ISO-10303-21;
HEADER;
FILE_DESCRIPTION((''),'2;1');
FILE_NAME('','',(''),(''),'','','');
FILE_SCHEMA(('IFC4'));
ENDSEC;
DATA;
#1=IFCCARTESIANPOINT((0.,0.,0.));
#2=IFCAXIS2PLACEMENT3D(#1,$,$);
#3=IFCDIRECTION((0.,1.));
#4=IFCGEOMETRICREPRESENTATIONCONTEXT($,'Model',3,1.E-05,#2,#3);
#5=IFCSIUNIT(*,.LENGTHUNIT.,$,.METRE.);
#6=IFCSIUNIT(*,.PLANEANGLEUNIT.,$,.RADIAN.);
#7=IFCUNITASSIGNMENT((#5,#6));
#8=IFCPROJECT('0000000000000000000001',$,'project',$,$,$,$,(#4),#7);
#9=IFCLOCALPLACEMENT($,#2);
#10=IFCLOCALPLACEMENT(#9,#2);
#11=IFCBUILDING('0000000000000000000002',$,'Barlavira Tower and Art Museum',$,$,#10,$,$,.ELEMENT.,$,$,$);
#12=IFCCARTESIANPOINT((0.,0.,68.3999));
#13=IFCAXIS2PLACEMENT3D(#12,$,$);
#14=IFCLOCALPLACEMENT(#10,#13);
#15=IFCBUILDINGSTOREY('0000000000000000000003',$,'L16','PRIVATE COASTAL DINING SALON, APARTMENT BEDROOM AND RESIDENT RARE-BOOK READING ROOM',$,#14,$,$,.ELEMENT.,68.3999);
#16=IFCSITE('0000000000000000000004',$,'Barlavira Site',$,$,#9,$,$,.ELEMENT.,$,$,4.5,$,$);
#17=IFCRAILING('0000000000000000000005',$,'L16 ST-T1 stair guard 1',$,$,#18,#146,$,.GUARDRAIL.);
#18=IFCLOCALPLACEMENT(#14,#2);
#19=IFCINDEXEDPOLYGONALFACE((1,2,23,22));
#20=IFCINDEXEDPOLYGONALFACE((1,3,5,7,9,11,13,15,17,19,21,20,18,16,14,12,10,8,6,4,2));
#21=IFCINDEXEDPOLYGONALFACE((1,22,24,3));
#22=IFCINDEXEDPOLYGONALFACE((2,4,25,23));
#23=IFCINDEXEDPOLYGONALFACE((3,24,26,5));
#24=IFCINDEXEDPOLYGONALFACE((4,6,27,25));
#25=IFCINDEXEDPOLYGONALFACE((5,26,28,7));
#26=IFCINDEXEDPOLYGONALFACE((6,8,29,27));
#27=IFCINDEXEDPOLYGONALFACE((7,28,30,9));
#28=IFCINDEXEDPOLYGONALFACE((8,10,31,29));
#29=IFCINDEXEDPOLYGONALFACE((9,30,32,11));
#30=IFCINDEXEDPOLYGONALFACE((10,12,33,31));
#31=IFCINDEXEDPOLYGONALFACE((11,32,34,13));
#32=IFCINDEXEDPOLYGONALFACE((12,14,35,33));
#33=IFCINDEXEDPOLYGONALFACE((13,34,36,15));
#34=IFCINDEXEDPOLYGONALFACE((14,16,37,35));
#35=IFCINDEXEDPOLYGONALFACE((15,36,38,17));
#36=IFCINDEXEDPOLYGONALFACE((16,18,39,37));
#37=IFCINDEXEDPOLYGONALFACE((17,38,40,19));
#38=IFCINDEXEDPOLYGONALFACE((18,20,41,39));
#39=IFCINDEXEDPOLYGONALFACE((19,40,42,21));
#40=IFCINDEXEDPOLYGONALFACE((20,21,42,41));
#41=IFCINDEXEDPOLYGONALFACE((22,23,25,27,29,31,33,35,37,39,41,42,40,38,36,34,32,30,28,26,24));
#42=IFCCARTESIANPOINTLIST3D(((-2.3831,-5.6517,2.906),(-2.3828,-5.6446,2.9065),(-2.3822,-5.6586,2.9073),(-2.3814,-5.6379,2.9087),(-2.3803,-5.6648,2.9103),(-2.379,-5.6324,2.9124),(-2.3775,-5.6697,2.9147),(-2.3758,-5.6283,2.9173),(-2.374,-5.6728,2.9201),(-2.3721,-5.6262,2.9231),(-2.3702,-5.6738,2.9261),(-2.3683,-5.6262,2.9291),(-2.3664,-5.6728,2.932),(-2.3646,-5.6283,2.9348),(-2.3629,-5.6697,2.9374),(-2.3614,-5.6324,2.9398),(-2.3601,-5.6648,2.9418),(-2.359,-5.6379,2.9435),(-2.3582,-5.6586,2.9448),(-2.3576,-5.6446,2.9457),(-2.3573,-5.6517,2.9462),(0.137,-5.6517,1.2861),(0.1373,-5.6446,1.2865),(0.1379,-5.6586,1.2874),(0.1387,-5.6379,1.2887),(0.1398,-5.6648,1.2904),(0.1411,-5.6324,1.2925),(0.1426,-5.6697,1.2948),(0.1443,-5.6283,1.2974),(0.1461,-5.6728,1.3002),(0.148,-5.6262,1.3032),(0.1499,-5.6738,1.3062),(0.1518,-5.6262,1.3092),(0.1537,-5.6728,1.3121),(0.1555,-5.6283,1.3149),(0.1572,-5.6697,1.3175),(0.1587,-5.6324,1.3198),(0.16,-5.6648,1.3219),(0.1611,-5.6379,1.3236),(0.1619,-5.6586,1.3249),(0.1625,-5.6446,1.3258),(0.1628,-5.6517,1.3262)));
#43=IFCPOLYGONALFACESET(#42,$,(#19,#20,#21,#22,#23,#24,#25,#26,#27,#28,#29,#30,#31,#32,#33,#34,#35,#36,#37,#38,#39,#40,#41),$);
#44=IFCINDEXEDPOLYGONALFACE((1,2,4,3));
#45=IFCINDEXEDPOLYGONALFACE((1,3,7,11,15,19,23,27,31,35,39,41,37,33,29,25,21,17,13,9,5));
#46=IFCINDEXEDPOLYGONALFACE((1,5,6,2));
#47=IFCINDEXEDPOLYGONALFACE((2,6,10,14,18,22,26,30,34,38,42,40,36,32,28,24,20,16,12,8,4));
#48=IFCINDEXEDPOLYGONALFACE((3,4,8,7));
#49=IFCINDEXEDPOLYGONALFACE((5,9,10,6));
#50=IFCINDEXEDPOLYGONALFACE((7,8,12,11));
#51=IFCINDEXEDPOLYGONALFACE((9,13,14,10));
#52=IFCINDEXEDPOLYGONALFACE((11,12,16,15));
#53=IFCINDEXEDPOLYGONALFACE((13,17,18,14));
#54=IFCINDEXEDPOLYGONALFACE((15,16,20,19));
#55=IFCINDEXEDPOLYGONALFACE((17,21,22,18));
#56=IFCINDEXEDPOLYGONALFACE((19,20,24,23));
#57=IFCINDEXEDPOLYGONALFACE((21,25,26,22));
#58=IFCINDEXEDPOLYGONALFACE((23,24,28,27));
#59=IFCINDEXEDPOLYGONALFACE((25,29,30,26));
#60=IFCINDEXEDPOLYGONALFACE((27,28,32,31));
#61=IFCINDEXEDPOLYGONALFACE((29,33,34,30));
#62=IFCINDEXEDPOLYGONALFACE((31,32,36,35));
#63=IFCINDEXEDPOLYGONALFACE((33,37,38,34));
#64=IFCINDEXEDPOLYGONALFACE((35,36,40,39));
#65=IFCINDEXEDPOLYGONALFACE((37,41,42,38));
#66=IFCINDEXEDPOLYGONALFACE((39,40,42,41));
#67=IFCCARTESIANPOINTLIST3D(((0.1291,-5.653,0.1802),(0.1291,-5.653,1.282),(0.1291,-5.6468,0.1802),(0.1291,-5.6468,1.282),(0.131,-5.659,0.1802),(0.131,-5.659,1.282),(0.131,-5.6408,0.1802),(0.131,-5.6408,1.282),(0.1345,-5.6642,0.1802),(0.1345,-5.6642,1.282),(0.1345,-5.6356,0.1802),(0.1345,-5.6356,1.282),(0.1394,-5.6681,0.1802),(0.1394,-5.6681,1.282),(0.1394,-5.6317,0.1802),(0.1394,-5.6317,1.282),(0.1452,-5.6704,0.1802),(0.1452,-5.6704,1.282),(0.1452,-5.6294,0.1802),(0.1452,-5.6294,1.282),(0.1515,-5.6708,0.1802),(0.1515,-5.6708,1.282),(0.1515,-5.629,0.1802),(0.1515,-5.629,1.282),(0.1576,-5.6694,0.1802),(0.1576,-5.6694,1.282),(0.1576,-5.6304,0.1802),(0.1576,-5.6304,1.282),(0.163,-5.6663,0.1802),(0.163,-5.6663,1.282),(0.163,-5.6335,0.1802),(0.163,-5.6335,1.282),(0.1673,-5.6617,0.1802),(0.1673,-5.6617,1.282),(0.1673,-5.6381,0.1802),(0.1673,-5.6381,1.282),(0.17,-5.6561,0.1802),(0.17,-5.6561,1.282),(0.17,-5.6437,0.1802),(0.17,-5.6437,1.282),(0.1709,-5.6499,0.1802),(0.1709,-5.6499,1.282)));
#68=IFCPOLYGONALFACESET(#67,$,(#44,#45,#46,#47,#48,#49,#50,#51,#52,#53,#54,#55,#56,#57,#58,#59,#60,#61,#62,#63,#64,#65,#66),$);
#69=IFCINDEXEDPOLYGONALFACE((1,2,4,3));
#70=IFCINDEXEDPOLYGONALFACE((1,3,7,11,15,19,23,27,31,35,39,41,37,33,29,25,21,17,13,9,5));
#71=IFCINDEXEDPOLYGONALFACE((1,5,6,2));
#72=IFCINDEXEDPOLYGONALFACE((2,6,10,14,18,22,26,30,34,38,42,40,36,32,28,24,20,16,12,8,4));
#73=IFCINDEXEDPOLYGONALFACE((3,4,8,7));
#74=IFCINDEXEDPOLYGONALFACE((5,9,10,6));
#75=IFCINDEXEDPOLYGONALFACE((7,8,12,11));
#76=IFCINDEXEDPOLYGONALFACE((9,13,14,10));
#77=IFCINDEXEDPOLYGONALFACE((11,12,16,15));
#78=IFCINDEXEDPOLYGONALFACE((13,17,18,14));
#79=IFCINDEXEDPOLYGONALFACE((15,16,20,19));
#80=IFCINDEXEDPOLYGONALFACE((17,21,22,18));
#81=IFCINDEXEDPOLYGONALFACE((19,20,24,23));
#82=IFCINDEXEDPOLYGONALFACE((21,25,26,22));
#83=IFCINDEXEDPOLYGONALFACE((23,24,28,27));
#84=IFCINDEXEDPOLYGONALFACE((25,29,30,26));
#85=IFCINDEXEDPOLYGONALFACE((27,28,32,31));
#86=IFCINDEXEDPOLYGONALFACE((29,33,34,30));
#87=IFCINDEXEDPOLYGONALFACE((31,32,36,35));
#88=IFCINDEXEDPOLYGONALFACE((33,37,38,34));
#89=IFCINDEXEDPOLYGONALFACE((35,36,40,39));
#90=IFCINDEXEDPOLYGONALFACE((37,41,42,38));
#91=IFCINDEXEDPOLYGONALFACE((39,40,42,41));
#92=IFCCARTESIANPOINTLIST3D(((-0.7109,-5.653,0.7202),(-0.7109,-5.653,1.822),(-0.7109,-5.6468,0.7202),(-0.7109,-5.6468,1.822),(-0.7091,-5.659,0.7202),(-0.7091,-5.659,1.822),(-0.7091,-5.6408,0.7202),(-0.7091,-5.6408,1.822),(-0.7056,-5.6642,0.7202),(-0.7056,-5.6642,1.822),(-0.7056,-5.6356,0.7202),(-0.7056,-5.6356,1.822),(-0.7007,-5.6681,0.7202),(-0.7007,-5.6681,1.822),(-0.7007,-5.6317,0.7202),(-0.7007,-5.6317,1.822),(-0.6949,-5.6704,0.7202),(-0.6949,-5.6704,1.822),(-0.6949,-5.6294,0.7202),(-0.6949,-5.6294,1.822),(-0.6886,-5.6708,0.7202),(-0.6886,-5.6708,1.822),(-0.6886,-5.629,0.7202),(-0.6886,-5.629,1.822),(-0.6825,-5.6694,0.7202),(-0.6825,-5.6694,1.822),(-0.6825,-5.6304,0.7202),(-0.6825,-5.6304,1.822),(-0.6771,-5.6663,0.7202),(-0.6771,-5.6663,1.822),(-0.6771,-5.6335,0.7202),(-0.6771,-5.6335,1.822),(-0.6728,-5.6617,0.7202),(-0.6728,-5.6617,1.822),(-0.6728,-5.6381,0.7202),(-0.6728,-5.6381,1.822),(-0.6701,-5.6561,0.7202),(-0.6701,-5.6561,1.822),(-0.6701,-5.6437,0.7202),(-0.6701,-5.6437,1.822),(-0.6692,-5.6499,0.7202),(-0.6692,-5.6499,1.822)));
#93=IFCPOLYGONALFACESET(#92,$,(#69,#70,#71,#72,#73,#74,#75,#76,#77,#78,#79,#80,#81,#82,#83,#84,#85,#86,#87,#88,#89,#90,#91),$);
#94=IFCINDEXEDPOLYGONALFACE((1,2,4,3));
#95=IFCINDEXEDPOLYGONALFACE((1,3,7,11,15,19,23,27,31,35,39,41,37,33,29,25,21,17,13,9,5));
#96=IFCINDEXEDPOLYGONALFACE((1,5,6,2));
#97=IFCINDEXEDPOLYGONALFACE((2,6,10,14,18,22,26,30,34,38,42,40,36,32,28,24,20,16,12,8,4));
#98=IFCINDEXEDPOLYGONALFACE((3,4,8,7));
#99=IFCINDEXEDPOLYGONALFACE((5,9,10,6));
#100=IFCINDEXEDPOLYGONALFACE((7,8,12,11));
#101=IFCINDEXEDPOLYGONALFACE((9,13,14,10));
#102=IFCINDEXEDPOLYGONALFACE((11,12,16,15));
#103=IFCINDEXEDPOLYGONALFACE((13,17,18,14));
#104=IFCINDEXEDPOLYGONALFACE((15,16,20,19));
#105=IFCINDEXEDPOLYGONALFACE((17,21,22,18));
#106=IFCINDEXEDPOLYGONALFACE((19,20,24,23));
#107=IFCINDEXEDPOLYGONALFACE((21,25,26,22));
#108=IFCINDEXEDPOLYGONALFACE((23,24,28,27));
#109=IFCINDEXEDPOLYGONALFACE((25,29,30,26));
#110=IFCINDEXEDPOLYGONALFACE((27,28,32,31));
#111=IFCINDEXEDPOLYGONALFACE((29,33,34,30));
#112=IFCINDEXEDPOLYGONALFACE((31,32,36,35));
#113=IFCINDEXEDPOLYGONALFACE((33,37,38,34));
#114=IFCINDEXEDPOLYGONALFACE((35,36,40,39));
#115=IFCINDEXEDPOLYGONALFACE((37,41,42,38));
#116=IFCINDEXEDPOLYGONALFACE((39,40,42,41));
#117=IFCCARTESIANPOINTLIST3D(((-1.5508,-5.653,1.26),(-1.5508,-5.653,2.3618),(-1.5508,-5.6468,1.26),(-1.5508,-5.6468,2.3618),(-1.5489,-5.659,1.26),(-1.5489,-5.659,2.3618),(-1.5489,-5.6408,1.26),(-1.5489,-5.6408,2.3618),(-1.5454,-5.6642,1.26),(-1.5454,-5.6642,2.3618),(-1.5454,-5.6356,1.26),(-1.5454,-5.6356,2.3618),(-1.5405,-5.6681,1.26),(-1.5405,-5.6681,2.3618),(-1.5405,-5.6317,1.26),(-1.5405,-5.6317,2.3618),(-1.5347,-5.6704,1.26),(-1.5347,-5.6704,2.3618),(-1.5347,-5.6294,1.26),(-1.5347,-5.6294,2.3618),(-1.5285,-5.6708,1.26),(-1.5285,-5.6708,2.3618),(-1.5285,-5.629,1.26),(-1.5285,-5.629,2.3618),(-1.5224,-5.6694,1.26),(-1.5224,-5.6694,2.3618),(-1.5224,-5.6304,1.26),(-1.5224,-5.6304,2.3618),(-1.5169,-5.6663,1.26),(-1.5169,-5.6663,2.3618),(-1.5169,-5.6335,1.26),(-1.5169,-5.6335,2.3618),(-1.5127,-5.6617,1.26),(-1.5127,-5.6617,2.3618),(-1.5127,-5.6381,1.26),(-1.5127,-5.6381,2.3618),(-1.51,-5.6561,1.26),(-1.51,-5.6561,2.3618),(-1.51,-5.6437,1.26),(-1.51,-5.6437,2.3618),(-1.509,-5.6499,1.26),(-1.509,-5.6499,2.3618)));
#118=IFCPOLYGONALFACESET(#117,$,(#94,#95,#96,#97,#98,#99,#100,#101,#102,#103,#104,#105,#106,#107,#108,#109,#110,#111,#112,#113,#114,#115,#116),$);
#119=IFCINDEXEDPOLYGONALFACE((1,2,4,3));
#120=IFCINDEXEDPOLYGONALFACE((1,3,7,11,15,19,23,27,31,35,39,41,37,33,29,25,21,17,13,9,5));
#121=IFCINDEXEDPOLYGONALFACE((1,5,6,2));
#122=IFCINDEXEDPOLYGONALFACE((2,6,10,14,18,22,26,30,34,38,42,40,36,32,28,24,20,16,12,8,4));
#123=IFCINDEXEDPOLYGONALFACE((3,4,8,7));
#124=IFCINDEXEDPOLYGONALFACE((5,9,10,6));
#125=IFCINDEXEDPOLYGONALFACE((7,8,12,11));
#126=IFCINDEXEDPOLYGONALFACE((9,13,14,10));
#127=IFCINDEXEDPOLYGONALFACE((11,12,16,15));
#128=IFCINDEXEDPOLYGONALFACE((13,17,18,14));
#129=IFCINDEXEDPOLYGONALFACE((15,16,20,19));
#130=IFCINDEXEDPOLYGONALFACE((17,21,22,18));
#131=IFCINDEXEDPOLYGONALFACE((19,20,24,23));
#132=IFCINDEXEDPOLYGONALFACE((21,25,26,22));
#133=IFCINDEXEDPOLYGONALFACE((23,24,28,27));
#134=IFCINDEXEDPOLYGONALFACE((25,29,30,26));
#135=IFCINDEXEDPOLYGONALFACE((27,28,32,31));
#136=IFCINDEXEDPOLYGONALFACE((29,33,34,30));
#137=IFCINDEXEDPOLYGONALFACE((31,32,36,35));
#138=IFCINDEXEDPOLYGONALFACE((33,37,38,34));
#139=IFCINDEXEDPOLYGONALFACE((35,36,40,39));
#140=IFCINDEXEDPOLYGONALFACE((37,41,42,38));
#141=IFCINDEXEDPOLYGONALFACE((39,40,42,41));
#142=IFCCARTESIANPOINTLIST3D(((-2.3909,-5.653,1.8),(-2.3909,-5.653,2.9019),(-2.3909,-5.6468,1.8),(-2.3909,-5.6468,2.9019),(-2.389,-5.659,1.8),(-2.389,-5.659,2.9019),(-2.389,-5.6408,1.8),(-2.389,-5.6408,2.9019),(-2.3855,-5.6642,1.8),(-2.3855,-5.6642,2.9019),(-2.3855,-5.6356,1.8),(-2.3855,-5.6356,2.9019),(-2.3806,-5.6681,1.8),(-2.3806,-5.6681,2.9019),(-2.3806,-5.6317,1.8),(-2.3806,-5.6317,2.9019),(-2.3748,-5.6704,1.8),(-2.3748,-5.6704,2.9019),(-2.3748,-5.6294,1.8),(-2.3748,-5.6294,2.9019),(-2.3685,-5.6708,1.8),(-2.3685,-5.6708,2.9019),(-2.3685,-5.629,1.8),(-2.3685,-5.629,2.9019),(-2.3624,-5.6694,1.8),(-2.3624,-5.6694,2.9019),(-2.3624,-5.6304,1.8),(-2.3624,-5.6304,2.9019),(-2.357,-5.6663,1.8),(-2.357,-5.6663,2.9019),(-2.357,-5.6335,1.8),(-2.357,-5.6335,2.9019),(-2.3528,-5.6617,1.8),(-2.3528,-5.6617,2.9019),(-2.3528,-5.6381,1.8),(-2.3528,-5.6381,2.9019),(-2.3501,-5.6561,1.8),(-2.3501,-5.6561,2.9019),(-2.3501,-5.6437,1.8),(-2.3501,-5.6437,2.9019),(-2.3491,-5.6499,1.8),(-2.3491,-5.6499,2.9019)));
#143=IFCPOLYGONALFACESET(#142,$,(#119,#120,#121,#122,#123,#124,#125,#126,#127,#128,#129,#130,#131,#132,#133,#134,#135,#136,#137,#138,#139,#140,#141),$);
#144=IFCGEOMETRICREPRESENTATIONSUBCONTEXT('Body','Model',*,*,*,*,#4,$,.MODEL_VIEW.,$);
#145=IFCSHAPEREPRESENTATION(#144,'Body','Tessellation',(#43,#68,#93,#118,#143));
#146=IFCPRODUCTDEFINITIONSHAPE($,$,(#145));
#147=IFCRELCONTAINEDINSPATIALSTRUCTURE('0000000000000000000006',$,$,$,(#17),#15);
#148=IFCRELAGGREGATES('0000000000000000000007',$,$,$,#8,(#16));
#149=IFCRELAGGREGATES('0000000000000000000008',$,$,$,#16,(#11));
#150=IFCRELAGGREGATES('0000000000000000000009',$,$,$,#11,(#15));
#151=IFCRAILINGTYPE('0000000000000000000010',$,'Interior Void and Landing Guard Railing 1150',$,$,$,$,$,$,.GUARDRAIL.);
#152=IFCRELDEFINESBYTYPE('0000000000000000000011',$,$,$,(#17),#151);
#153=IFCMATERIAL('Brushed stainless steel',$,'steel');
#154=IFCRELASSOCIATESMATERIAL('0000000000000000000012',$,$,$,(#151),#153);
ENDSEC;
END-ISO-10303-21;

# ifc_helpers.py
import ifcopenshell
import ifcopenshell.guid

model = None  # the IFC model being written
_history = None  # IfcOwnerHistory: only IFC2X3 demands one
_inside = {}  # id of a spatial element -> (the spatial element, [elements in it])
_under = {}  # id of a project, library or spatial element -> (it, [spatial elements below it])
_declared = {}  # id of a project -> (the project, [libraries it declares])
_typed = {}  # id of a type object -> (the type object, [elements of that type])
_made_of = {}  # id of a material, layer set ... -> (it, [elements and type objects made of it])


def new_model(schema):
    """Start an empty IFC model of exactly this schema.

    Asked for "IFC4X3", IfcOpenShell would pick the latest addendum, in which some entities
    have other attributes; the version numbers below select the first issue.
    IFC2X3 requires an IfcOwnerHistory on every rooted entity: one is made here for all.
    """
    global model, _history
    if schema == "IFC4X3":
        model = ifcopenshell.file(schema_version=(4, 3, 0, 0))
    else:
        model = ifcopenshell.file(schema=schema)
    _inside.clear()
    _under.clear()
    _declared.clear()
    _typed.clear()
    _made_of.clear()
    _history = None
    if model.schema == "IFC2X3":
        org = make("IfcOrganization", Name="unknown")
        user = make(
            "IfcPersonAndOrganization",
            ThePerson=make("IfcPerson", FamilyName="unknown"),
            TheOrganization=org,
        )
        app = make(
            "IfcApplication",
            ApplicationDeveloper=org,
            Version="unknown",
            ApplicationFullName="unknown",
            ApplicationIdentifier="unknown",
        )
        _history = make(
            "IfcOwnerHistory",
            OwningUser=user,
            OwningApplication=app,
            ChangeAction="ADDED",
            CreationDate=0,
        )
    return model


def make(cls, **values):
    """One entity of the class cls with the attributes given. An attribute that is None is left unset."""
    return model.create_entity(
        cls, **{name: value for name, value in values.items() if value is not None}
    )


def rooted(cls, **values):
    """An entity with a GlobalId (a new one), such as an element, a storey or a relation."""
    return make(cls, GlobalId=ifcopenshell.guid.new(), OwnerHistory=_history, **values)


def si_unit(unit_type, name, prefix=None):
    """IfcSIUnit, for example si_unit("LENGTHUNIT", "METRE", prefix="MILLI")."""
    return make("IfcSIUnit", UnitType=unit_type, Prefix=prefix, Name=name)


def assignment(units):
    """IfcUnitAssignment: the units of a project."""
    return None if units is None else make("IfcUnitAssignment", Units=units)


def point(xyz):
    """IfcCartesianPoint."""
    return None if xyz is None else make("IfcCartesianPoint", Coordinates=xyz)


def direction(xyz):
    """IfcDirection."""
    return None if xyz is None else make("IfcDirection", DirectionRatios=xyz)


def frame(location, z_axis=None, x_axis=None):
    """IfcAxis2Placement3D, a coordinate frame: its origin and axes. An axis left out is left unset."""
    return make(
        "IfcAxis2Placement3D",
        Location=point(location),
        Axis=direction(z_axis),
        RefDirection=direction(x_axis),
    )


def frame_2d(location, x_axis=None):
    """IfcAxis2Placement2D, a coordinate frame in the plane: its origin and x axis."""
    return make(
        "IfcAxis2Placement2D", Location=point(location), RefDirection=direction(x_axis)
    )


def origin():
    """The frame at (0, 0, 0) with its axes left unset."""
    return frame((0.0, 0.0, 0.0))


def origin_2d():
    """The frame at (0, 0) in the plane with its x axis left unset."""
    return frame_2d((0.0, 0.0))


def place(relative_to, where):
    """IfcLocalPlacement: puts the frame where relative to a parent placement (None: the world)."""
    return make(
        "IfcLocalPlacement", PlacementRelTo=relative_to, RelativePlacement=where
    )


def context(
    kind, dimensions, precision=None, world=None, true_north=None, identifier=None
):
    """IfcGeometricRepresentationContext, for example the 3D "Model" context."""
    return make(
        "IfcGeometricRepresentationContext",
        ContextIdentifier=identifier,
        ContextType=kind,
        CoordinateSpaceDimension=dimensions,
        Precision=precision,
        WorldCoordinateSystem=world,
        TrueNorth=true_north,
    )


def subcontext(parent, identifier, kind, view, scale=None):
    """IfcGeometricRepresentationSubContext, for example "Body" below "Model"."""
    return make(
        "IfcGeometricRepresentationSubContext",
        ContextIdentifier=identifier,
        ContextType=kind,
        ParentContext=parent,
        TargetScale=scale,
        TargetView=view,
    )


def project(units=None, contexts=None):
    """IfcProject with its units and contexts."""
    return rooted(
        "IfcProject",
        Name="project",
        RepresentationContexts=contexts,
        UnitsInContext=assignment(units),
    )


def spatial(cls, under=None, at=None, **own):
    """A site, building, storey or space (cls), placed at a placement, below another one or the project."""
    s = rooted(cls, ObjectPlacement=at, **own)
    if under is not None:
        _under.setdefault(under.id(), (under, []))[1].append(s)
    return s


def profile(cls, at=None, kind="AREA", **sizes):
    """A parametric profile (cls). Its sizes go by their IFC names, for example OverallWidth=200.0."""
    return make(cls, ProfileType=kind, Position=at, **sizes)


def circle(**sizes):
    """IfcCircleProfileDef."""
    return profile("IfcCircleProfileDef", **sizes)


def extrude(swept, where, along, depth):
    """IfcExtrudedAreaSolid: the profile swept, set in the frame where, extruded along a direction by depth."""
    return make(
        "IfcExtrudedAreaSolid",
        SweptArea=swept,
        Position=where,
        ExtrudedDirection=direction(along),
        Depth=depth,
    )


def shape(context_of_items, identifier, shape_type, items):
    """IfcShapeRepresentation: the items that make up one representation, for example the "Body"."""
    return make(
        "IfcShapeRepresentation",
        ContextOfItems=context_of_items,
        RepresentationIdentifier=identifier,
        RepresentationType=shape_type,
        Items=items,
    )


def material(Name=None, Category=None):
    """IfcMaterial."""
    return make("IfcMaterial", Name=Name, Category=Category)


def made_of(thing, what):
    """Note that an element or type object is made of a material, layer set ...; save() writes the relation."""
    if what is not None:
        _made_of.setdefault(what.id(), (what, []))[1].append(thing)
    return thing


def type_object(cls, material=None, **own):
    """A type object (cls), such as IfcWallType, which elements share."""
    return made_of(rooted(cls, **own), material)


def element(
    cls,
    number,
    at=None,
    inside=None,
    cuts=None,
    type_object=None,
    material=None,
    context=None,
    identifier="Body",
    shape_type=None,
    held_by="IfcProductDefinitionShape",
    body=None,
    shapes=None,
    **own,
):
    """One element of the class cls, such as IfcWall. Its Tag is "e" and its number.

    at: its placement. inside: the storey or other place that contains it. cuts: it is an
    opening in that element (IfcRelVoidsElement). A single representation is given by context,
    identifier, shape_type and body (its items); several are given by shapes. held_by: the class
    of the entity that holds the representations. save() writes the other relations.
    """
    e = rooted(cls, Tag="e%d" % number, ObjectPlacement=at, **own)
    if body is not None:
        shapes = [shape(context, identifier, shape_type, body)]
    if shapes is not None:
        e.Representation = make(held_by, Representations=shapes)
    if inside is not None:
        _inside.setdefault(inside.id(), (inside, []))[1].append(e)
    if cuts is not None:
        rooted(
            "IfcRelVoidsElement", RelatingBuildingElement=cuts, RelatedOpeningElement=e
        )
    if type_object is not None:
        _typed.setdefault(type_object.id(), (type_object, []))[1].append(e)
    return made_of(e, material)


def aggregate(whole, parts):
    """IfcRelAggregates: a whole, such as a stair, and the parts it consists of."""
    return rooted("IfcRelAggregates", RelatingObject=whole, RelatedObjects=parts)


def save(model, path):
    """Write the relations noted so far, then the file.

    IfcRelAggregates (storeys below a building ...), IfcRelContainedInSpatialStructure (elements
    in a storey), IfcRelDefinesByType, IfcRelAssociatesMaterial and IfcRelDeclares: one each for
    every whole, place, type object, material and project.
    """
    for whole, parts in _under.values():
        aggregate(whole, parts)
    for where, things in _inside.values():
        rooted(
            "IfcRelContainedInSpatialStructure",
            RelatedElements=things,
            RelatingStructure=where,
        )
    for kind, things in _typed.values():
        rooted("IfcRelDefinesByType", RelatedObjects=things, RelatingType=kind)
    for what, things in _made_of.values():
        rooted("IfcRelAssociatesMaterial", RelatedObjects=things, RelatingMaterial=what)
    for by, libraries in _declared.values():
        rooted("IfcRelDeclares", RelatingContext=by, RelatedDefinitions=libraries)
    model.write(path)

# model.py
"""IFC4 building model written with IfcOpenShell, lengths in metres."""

from ifc_helpers import new_model, si_unit, direction, frame, origin, origin_2d, place, context, subcontext, project, spatial, circle, extrude, material, type_object, element, save


model = new_model("IFC4")

# Units and contexts
model_context = context("Model", 3, precision=1e-05, world=origin(), true_north=direction((0.0, 1.0)))
body_context = subcontext(model_context, "Body", "Model", "MODEL_VIEW")
ifc_project = project(units=[si_unit("LENGTHUNIT", "METRE"), si_unit("PLANEANGLEUNIT", "RADIAN")], contexts=[model_context])

# Site, building, storey
site_placement = place(None, origin())
site = spatial("IfcSite", under=ifc_project, at=site_placement, Name="Barlavira Site", CompositionType="ELEMENT", RefElevation=4.5)
building_placement = place(site_placement, origin())
building = spatial("IfcBuilding", under=site, at=building_placement, Name="Barlavira Tower and Art Museum", CompositionType="ELEMENT")
storey_placement = place(building_placement, frame((0.0, 0.0, 68.3999)))
storey = spatial("IfcBuildingStorey", under=building, at=storey_placement, Name="L16", Description="PRIVATE COASTAL DINING SALON, APARTMENT BEDROOM AND RESIDENT RARE-BOOK READING ROOM", CompositionType="ELEMENT", Elevation=68.3999)

# Shared definitions
ifc_material_1 = material(Name="Brushed stainless steel", Category="steel")

# Railing
railing_type_1 = type_object("IfcRailingType", Name="Interior Void and Landing Guard Railing 1150", PredefinedType="GUARDRAIL", material=ifc_material_1)
railing_1_placement = place(storey_placement, frame((0.1499, -5.6499, 0.1802)))
element("IfcRailing", 1, at=railing_1_placement, inside=storey, type_object=railing_type_1, Name="L16 ST-T1 stair guard 1", PredefinedType="GUARDRAIL", context=body_context, shape_type="SweptSolid", body=[
    extrude(circle(Radius=0.0239, at=origin_2d()), frame((0.0, 0.0, 1.126), z_axis=(-0.8412, 0.0, 0.540725), x_axis=(0.0, -1.0, 0.0)), (0.0, 0.0, 1.0), 2.9958),
    extrude(circle(Radius=0.021, at=origin_2d()), origin(), (0.0, 0.0, 1.0), 1.1018),
    extrude(circle(Radius=0.021, at=origin_2d()), frame((-0.8401, 0.0, 0.54)), (0.0, 0.0, 1.0), 1.1018),
    extrude(circle(Radius=0.021, at=origin_2d()), frame((-1.6799, 0.0, 1.0798)), (0.0, 0.0, 1.0), 1.1018),
    extrude(circle(Radius=0.021, at=origin_2d()), frame((-2.52, 0.0, 1.6199)), (0.0, 0.0, 1.0), 1.1018),
])

save(model, "model.ifc")
